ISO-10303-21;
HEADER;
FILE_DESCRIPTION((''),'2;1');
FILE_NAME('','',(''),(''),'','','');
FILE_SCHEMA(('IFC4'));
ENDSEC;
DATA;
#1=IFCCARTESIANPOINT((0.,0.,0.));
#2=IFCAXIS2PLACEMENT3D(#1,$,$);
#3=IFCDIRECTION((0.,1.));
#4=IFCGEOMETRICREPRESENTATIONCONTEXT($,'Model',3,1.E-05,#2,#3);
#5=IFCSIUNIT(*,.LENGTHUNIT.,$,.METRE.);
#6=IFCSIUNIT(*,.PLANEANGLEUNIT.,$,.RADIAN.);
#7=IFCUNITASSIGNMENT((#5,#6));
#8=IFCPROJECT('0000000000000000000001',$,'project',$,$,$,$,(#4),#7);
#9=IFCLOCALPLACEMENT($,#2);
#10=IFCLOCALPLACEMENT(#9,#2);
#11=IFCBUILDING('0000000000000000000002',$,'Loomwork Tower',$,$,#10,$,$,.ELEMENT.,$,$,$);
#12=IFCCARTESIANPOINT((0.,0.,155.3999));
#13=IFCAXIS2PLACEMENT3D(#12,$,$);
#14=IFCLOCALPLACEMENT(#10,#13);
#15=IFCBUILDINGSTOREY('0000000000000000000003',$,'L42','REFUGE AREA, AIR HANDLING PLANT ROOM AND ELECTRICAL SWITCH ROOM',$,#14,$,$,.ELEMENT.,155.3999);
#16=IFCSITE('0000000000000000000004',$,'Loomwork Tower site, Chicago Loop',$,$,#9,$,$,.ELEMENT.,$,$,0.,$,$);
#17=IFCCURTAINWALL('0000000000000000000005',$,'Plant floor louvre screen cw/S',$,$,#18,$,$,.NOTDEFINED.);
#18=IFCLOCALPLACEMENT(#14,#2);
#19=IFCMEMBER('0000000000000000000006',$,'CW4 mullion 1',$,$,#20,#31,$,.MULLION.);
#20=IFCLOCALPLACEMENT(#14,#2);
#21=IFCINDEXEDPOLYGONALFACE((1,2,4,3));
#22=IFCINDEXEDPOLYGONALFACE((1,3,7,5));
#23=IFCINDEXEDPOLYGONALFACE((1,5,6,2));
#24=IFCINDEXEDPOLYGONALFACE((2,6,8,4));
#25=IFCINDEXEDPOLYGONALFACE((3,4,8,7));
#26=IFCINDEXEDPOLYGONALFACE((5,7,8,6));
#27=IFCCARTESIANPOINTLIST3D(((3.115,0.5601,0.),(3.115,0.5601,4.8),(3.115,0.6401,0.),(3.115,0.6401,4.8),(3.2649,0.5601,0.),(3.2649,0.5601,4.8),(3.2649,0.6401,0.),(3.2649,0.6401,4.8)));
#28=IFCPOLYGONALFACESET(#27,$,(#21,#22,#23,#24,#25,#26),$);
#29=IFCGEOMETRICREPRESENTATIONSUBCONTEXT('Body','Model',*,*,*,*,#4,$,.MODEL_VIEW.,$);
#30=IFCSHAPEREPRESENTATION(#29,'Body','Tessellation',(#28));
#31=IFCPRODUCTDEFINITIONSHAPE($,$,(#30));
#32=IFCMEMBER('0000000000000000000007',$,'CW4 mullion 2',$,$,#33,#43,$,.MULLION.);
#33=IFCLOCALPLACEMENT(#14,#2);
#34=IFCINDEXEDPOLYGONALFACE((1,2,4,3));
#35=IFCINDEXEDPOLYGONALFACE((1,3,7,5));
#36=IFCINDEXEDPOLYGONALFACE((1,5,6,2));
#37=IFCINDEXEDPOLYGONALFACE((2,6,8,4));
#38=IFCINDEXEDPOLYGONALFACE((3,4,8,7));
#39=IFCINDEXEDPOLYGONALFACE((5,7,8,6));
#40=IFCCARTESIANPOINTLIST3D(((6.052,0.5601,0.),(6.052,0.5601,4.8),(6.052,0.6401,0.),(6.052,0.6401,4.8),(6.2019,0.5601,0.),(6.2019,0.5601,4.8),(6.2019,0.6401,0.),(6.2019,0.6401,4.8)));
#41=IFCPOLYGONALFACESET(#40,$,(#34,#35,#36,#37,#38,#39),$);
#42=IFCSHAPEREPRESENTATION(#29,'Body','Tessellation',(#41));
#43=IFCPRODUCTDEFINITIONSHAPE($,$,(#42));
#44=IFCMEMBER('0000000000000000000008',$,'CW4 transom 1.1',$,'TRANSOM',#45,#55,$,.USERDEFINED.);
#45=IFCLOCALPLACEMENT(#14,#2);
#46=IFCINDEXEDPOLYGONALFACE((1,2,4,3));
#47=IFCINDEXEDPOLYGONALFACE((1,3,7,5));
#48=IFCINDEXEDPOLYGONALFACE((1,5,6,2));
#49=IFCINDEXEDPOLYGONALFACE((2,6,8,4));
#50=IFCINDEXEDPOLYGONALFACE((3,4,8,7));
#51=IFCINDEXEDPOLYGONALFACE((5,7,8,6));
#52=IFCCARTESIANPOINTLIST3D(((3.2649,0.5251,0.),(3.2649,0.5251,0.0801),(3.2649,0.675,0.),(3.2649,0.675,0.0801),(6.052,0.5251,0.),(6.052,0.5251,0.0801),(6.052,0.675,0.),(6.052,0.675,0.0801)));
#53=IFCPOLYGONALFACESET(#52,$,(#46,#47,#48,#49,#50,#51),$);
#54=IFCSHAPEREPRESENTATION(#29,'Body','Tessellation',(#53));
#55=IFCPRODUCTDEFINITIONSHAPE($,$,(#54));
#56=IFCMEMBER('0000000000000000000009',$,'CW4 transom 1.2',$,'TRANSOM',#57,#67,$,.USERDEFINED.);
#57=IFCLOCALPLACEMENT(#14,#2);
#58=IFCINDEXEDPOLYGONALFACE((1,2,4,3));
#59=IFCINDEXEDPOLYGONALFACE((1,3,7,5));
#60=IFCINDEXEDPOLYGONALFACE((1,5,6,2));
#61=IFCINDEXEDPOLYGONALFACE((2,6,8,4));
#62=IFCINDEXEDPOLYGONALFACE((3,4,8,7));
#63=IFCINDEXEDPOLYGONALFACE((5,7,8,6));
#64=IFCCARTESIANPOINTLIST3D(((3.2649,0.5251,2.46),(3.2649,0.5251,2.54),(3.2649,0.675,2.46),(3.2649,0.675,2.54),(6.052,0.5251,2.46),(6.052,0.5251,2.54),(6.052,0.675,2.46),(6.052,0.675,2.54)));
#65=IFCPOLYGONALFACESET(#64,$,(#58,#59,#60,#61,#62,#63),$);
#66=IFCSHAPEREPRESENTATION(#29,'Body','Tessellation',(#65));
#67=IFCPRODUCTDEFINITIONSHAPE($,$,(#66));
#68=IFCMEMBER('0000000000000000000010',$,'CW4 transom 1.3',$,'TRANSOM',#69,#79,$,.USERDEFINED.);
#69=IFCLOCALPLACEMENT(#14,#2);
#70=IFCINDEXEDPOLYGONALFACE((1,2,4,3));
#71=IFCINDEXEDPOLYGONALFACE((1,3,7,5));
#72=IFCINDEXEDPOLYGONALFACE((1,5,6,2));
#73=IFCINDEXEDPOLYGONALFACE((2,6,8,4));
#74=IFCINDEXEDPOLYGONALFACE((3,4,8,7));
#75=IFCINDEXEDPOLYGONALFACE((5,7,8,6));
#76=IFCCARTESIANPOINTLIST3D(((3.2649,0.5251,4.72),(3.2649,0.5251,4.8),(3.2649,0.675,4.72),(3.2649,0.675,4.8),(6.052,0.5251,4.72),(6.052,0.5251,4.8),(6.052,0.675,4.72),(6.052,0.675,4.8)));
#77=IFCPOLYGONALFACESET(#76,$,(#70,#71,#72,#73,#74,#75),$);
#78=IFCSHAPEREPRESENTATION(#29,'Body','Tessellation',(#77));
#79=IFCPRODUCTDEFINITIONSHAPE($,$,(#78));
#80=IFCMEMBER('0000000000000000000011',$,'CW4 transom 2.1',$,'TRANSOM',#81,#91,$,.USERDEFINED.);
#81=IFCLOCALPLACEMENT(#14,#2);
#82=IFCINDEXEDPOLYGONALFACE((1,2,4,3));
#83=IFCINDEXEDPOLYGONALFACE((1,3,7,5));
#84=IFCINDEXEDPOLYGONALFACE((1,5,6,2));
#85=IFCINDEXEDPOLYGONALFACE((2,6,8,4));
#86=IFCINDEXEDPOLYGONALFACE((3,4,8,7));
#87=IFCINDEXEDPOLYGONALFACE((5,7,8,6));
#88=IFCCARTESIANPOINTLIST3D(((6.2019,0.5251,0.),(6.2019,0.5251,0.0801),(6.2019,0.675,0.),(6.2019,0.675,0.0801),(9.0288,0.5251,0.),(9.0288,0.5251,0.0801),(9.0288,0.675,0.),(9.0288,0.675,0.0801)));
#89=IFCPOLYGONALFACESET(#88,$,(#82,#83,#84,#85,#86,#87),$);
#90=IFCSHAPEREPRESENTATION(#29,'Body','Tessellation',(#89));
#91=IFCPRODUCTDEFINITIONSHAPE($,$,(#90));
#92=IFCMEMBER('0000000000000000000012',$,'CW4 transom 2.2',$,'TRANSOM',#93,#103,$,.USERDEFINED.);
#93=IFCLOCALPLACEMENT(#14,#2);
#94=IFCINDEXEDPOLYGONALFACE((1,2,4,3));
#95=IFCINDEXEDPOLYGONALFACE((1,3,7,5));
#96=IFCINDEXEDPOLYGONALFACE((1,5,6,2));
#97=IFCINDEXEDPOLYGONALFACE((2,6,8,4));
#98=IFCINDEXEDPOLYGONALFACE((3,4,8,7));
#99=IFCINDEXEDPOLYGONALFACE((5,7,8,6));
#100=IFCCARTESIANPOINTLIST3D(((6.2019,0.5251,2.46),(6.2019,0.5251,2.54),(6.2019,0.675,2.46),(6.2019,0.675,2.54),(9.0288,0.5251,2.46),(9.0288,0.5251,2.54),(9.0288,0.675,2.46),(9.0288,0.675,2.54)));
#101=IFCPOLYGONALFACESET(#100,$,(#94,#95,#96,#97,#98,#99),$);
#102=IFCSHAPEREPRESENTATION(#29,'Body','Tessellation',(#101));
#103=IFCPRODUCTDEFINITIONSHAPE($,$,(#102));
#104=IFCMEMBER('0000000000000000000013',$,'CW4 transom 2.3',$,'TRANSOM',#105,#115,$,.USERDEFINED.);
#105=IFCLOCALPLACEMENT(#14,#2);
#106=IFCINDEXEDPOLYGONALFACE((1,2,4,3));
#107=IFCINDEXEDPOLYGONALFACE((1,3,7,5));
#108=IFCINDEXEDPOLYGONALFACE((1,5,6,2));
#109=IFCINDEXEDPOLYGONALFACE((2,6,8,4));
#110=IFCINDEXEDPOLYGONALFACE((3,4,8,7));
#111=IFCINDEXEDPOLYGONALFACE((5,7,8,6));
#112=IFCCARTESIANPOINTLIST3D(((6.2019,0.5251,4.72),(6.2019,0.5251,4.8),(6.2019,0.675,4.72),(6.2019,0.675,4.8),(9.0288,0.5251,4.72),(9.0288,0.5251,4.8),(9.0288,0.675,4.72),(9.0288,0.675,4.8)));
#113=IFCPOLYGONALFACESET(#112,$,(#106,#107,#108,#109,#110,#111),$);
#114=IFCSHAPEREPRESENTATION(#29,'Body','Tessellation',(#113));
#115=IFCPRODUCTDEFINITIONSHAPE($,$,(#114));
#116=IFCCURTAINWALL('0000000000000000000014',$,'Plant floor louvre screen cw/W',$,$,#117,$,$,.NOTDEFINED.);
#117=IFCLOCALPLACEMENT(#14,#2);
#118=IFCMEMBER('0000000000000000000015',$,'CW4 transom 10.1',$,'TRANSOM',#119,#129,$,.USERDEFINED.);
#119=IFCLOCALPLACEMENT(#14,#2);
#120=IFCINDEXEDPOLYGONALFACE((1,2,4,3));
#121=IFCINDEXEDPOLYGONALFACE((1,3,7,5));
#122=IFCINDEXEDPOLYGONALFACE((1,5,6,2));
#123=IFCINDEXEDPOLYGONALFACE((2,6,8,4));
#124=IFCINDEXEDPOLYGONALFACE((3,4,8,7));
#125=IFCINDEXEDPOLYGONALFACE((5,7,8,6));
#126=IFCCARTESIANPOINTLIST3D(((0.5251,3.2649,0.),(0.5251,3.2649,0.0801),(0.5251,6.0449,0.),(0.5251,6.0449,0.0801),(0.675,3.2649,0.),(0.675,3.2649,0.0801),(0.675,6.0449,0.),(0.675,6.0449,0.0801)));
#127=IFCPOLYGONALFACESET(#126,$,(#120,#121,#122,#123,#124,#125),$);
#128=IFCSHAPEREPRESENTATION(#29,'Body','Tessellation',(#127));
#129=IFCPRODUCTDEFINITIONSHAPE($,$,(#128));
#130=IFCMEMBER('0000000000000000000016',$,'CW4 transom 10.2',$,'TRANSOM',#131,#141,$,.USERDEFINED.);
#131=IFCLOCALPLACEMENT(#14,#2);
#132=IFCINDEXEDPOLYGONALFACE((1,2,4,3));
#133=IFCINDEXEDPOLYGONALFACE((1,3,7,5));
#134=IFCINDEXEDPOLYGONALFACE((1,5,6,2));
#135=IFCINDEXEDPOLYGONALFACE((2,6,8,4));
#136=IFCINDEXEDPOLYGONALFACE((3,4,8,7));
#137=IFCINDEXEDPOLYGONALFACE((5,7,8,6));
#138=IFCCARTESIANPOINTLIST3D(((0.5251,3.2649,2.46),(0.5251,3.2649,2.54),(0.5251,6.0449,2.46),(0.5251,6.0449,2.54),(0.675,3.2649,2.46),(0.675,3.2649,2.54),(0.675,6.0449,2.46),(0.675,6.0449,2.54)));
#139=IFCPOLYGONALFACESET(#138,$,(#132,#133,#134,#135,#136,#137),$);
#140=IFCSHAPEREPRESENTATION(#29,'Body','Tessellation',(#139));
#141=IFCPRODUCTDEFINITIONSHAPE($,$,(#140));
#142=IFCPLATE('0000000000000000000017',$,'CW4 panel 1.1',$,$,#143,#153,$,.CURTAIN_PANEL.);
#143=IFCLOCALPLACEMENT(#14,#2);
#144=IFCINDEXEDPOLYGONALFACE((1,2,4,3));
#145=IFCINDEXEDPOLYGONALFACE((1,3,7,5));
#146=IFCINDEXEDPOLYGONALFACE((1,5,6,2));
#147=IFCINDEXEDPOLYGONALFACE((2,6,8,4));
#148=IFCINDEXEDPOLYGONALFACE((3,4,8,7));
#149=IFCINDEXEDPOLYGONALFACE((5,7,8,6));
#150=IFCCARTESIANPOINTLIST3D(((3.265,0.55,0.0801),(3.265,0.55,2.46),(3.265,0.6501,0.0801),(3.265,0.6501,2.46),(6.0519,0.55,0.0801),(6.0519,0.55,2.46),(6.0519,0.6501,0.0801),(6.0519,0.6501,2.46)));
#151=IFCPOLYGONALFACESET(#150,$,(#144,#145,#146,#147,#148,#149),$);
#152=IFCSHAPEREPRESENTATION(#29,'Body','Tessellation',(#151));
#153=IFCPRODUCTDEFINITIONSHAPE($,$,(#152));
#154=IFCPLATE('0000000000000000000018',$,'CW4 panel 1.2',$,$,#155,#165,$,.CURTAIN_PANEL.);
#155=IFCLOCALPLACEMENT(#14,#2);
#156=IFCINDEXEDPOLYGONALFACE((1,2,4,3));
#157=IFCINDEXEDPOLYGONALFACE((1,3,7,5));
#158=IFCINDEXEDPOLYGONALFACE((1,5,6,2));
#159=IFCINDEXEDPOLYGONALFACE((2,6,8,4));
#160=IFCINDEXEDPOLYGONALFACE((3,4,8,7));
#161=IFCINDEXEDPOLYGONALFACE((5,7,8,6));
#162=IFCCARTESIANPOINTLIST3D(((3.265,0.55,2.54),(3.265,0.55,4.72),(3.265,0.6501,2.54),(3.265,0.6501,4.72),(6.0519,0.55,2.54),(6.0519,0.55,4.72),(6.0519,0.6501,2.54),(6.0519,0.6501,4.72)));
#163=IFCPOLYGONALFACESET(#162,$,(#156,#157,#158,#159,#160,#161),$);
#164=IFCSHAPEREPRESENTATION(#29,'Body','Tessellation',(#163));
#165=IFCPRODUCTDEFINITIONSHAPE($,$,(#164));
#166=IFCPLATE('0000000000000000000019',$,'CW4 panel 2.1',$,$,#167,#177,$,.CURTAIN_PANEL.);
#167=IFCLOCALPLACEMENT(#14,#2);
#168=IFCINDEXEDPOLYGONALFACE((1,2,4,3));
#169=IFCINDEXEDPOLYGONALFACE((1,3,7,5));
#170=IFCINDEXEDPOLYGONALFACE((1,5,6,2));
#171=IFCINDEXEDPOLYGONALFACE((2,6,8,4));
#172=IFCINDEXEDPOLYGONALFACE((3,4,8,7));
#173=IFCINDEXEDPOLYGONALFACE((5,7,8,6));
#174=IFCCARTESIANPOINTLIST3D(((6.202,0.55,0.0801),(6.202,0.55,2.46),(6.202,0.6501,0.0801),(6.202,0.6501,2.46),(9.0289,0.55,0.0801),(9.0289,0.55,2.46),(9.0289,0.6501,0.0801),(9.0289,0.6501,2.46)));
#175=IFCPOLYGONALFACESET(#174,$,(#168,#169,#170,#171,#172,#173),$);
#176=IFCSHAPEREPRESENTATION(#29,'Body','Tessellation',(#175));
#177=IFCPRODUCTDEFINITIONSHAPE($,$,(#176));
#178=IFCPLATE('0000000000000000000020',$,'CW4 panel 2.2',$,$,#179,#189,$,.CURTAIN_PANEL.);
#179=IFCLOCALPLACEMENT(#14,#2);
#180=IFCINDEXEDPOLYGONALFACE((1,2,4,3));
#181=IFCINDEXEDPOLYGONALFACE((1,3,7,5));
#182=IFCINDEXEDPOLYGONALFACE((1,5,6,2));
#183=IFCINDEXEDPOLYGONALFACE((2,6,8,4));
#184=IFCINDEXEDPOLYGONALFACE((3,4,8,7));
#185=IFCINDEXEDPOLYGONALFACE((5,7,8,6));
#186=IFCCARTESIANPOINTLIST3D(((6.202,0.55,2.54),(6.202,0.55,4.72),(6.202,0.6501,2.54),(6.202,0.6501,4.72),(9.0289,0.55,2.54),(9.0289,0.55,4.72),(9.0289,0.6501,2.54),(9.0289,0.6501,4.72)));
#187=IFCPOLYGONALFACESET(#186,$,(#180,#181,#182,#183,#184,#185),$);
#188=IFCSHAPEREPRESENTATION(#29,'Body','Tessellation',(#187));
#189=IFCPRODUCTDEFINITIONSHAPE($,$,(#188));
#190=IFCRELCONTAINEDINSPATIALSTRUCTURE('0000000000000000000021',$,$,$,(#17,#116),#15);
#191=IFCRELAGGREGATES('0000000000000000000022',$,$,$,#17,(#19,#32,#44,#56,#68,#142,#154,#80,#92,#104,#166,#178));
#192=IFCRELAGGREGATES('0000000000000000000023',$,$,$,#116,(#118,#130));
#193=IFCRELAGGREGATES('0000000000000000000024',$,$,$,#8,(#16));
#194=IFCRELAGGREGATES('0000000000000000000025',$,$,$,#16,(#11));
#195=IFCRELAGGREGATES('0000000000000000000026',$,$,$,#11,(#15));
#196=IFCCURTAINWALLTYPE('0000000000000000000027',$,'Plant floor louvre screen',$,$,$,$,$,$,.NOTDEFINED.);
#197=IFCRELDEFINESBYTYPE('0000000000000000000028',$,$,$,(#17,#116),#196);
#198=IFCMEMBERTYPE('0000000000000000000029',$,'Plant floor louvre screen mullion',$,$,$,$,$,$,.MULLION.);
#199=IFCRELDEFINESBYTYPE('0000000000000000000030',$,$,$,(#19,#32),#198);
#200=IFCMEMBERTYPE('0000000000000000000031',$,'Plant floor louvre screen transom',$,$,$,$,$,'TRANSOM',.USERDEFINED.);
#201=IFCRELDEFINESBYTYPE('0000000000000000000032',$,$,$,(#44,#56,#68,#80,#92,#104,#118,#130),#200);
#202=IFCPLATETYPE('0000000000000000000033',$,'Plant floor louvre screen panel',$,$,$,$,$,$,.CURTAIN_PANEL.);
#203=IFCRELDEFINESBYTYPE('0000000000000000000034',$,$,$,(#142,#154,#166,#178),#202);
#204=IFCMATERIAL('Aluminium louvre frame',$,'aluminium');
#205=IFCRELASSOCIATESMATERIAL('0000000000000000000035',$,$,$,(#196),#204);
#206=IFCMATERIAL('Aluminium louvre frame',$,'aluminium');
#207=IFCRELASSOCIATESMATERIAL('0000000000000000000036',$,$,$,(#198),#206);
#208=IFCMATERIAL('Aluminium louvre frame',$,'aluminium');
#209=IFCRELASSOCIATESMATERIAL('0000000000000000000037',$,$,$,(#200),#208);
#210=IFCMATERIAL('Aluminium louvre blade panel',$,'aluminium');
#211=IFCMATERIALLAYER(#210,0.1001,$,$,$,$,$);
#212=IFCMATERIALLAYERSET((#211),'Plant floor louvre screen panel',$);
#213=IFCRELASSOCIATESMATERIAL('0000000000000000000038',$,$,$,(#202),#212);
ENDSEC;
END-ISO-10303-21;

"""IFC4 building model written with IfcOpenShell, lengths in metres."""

from ifc_helpers import new_model, si_unit, direction, frame, origin, origin_2d, place, context, subcontext, project, spatial, rectangle, extrude, material, layer, layer_set, material_profile, profile_set, type_object, element, aggregate, save


model = new_model("IFC4")

# Units and contexts
model_context = context("Model", 3, precision=1e-05, world=origin(), true_north=direction((0.0, 1.0)))
body_context = subcontext(model_context, "Body", "Model", "MODEL_VIEW")
ifc_project = project(units=[si_unit("LENGTHUNIT", "METRE"), si_unit("PLANEANGLEUNIT", "RADIAN")], contexts=[model_context])

# Site, building, storey
site_placement = place(None, origin())
site = spatial("IfcSite", under=ifc_project, at=site_placement, Name="Loomwork Tower site, Chicago Loop", CompositionType="ELEMENT", RefElevation=0.0)
building_placement = place(site_placement, origin())
building = spatial("IfcBuilding", under=site, at=building_placement, Name="Loomwork Tower", CompositionType="ELEMENT")
storey_placement = place(building_placement, frame((0.0, 0.0, 155.3999)))
storey = spatial("IfcBuildingStorey", under=building, at=storey_placement, Name="L42", Description="REFUGE AREA, AIR HANDLING PLANT ROOM AND ELECTRICAL SWITCH ROOM", CompositionType="ELEMENT", Elevation=155.3999)

# Curtain walls, members
ifc_material_1 = material(Name="Aluminium louvre frame", Category="aluminium")
curtain_wall_type = type_object("IfcCurtainWallType", Name="Plant floor louvre screen", PredefinedType="NOTDEFINED", material=ifc_material_1)
curtain_wall_1_placement = place(storey_placement, origin())
curtain_wall_1 = element("IfcCurtainWall", 1, at=curtain_wall_1_placement, inside=storey, type_object=curtain_wall_type, Name="Plant floor louvre screen cw/S", PredefinedType="NOTDEFINED")
ifc_material_2 = material(Name="Aluminium louvre frame", Category="aluminium")
ifc_material_profile_1 = material_profile(ifc_material_2, rectangle(XDim=0.0801, YDim=0.1499, at=origin_2d()), Name="AL 80x150")
ifc_profile_set_1 = profile_set([ifc_material_profile_1], Name="Aluminium louvre frame")
member_type_1 = type_object("IfcMemberType", Name="Plant floor louvre screen mullion", PredefinedType="MULLION", material=ifc_profile_set_1)
member_1_placement = place(storey_placement, frame((3.1899, 0.6001, 0.0), z_axis=(0.0, 0.0, 1.0), x_axis=(0.0, 1.0, 0.0)))
member_1 = element("IfcMember", 2, at=member_1_placement, type_object=member_type_1, Name="CW4 mullion 1", PredefinedType="MULLION", context=body_context, shape_type="SweptSolid", body=[
    extrude(rectangle(XDim=0.0801, YDim=0.1499, at=origin_2d()), origin(), (0.0, 0.0, 1.0), 4.8),
])
member_2_placement = place(storey_placement, frame((6.127, 0.6001, 0.0), z_axis=(0.0, 0.0, 1.0), x_axis=(0.0, 1.0, 0.0)))
member_2 = element("IfcMember", 3, at=member_2_placement, type_object=member_type_1, Name="CW4 mullion 2", PredefinedType="MULLION", context=body_context, shape_type="SweptSolid", body=[
    extrude(rectangle(XDim=0.0801, YDim=0.1499, at=origin_2d()), origin(), (0.0, 0.0, 1.0), 4.8),
])
ifc_material_3 = material(Name="Aluminium louvre frame", Category="aluminium")
ifc_material_profile_2 = material_profile(ifc_material_3, rectangle(XDim=0.1499, YDim=0.0801, at=origin_2d()), Name="AL 80x150")
ifc_profile_set_2 = profile_set([ifc_material_profile_2], Name="Aluminium louvre frame")
member_type_2 = type_object("IfcMemberType", Name="Plant floor louvre screen transom", ElementType="TRANSOM", PredefinedType="USERDEFINED", material=ifc_profile_set_2)
member_3_placement = place(storey_placement, frame((3.2649, 0.6001, 0.04), z_axis=(1.0, 0.0, 0.0), x_axis=(0.0, 1.0, 0.0)))
member_3 = element("IfcMember", 4, at=member_3_placement, type_object=member_type_2, Name="CW4 transom 1.1", ObjectType="TRANSOM", PredefinedType="USERDEFINED", context=body_context, shape_type="SweptSolid", body=[
    extrude(rectangle(XDim=0.1499, YDim=0.0801, at=origin_2d()), origin(), (0.0, 0.0, 1.0), 2.7871),
])
member_4_placement = place(storey_placement, frame((3.2649, 0.6001, 2.5), z_axis=(1.0, 0.0, 0.0), x_axis=(0.0, 1.0, 0.0)))
member_4 = element("IfcMember", 5, at=member_4_placement, type_object=member_type_2, Name="CW4 transom 1.2", ObjectType="TRANSOM", PredefinedType="USERDEFINED", context=body_context, shape_type="SweptSolid", body=[
    extrude(rectangle(XDim=0.1499, YDim=0.0801, at=origin_2d()), origin(), (0.0, 0.0, 1.0), 2.7871),
])
member_5_placement = place(storey_placement, frame((3.2649, 0.6001, 4.76), z_axis=(1.0, 0.0, 0.0), x_axis=(0.0, 1.0, 0.0)))
member_5 = element("IfcMember", 6, at=member_5_placement, type_object=member_type_2, Name="CW4 transom 1.3", ObjectType="TRANSOM", PredefinedType="USERDEFINED", context=body_context, shape_type="SweptSolid", body=[
    extrude(rectangle(XDim=0.1499, YDim=0.0801, at=origin_2d()), origin(), (0.0, 0.0, 1.0), 2.7871),
])
member_6_placement = place(storey_placement, frame((6.2019, 0.6001, 0.04), z_axis=(1.0, 0.0, 0.0), x_axis=(0.0, 1.0, 0.0)))
member_6 = element("IfcMember", 7, at=member_6_placement, type_object=member_type_2, Name="CW4 transom 2.1", ObjectType="TRANSOM", PredefinedType="USERDEFINED", context=body_context, shape_type="SweptSolid", body=[
    extrude(rectangle(XDim=0.1499, YDim=0.0801, at=origin_2d()), origin(), (0.0, 0.0, 1.0), 2.8269),
])
member_7_placement = place(storey_placement, frame((6.2019, 0.6001, 2.5), z_axis=(1.0, 0.0, 0.0), x_axis=(0.0, 1.0, 0.0)))
member_7 = element("IfcMember", 8, at=member_7_placement, type_object=member_type_2, Name="CW4 transom 2.2", ObjectType="TRANSOM", PredefinedType="USERDEFINED", context=body_context, shape_type="SweptSolid", body=[
    extrude(rectangle(XDim=0.1499, YDim=0.0801, at=origin_2d()), origin(), (0.0, 0.0, 1.0), 2.8269),
])
member_8_placement = place(storey_placement, frame((6.2019, 0.6001, 4.76), z_axis=(1.0, 0.0, 0.0), x_axis=(0.0, 1.0, 0.0)))
member_8 = element("IfcMember", 9, at=member_8_placement, type_object=member_type_2, Name="CW4 transom 2.3", ObjectType="TRANSOM", PredefinedType="USERDEFINED", context=body_context, shape_type="SweptSolid", body=[
    extrude(rectangle(XDim=0.1499, YDim=0.0801, at=origin_2d()), origin(), (0.0, 0.0, 1.0), 2.8269),
])
curtain_wall_2_placement = place(storey_placement, origin())
curtain_wall_2 = element("IfcCurtainWall", 10, at=curtain_wall_2_placement, inside=storey, type_object=curtain_wall_type, Name="Plant floor louvre screen cw/W", PredefinedType="NOTDEFINED")
member_9_placement = place(storey_placement, frame((0.6001, 6.0449, 0.04), z_axis=(0.0, -1.0, 0.0), x_axis=(1.0, 0.0, 0.0)))
member_9 = element("IfcMember", 11, at=member_9_placement, type_object=member_type_2, Name="CW4 transom 10.1", ObjectType="TRANSOM", PredefinedType="USERDEFINED", context=body_context, shape_type="SweptSolid", body=[
    extrude(rectangle(XDim=0.1499, YDim=0.0801, at=origin_2d()), origin(), (0.0, 0.0, 1.0), 2.78),
])
member_10_placement = place(storey_placement, frame((0.6001, 6.0449, 2.5), z_axis=(0.0, -1.0, 0.0), x_axis=(1.0, 0.0, 0.0)))
member_10 = element("IfcMember", 12, at=member_10_placement, type_object=member_type_2, Name="CW4 transom 10.2", ObjectType="TRANSOM", PredefinedType="USERDEFINED", context=body_context, shape_type="SweptSolid", body=[
    extrude(rectangle(XDim=0.1499, YDim=0.0801, at=origin_2d()), origin(), (0.0, 0.0, 1.0), 2.78),
])

# Plates
ifc_material_4 = material(Name="Aluminium louvre blade panel", Category="aluminium")
ifc_layer_1 = layer(ifc_material_4, 0.1001)
ifc_layer_set_1 = layer_set([ifc_layer_1], Name="Plant floor louvre screen panel")
plate_type_1 = type_object("IfcPlateType", Name="Plant floor louvre screen panel", PredefinedType="CURTAIN_PANEL", material=ifc_layer_set_1)
plate_1_placement = place(storey_placement, frame((4.6584, 0.6001, 0.0801), z_axis=(0.0, 0.0, 1.0), x_axis=(1.0, 0.0, 0.0)))
plate_1 = element("IfcPlate", 13, at=plate_1_placement, type_object=plate_type_1, Name="CW4 panel 1.1", PredefinedType="CURTAIN_PANEL", context=body_context, shape_type="SweptSolid", body=[
    extrude(rectangle(XDim=2.7869, YDim=0.1001, at=origin_2d()), origin(), (0.0, 0.0, 1.0), 2.3799),
])
plate_2_placement = place(storey_placement, frame((4.6584, 0.6001, 2.54), z_axis=(0.0, 0.0, 1.0), x_axis=(1.0, 0.0, 0.0)))
plate_2 = element("IfcPlate", 14, at=plate_2_placement, type_object=plate_type_1, Name="CW4 panel 1.2", PredefinedType="CURTAIN_PANEL", context=body_context, shape_type="SweptSolid", body=[
    extrude(rectangle(XDim=2.7869, YDim=0.1001, at=origin_2d()), origin(), (0.0, 0.0, 1.0), 2.1799),
])
plate_3_placement = place(storey_placement, frame((7.6155, 0.6001, 0.0801), z_axis=(0.0, 0.0, 1.0), x_axis=(1.0, 0.0, 0.0)))
plate_3 = element("IfcPlate", 15, at=plate_3_placement, type_object=plate_type_1, Name="CW4 panel 2.1", PredefinedType="CURTAIN_PANEL", context=body_context, shape_type="SweptSolid", body=[
    extrude(rectangle(XDim=2.8269, YDim=0.1001, at=origin_2d()), origin(), (0.0, 0.0, 1.0), 2.3799),
])
plate_4_placement = place(storey_placement, frame((7.6155, 0.6001, 2.54), z_axis=(0.0, 0.0, 1.0), x_axis=(1.0, 0.0, 0.0)))
plate_4 = element("IfcPlate", 16, at=plate_4_placement, type_object=plate_type_1, Name="CW4 panel 2.2", PredefinedType="CURTAIN_PANEL", context=body_context, shape_type="SweptSolid", body=[
    extrude(rectangle(XDim=2.8269, YDim=0.1001, at=origin_2d()), origin(), (0.0, 0.0, 1.0), 2.1799),
])
aggregate(curtain_wall_1, [member_1, member_2, member_3, member_4, member_5, plate_1, plate_2, member_6, member_7, member_8, plate_3, plate_4])
aggregate(curtain_wall_2, [member_9, member_10])

save(model, "model.ifc")
